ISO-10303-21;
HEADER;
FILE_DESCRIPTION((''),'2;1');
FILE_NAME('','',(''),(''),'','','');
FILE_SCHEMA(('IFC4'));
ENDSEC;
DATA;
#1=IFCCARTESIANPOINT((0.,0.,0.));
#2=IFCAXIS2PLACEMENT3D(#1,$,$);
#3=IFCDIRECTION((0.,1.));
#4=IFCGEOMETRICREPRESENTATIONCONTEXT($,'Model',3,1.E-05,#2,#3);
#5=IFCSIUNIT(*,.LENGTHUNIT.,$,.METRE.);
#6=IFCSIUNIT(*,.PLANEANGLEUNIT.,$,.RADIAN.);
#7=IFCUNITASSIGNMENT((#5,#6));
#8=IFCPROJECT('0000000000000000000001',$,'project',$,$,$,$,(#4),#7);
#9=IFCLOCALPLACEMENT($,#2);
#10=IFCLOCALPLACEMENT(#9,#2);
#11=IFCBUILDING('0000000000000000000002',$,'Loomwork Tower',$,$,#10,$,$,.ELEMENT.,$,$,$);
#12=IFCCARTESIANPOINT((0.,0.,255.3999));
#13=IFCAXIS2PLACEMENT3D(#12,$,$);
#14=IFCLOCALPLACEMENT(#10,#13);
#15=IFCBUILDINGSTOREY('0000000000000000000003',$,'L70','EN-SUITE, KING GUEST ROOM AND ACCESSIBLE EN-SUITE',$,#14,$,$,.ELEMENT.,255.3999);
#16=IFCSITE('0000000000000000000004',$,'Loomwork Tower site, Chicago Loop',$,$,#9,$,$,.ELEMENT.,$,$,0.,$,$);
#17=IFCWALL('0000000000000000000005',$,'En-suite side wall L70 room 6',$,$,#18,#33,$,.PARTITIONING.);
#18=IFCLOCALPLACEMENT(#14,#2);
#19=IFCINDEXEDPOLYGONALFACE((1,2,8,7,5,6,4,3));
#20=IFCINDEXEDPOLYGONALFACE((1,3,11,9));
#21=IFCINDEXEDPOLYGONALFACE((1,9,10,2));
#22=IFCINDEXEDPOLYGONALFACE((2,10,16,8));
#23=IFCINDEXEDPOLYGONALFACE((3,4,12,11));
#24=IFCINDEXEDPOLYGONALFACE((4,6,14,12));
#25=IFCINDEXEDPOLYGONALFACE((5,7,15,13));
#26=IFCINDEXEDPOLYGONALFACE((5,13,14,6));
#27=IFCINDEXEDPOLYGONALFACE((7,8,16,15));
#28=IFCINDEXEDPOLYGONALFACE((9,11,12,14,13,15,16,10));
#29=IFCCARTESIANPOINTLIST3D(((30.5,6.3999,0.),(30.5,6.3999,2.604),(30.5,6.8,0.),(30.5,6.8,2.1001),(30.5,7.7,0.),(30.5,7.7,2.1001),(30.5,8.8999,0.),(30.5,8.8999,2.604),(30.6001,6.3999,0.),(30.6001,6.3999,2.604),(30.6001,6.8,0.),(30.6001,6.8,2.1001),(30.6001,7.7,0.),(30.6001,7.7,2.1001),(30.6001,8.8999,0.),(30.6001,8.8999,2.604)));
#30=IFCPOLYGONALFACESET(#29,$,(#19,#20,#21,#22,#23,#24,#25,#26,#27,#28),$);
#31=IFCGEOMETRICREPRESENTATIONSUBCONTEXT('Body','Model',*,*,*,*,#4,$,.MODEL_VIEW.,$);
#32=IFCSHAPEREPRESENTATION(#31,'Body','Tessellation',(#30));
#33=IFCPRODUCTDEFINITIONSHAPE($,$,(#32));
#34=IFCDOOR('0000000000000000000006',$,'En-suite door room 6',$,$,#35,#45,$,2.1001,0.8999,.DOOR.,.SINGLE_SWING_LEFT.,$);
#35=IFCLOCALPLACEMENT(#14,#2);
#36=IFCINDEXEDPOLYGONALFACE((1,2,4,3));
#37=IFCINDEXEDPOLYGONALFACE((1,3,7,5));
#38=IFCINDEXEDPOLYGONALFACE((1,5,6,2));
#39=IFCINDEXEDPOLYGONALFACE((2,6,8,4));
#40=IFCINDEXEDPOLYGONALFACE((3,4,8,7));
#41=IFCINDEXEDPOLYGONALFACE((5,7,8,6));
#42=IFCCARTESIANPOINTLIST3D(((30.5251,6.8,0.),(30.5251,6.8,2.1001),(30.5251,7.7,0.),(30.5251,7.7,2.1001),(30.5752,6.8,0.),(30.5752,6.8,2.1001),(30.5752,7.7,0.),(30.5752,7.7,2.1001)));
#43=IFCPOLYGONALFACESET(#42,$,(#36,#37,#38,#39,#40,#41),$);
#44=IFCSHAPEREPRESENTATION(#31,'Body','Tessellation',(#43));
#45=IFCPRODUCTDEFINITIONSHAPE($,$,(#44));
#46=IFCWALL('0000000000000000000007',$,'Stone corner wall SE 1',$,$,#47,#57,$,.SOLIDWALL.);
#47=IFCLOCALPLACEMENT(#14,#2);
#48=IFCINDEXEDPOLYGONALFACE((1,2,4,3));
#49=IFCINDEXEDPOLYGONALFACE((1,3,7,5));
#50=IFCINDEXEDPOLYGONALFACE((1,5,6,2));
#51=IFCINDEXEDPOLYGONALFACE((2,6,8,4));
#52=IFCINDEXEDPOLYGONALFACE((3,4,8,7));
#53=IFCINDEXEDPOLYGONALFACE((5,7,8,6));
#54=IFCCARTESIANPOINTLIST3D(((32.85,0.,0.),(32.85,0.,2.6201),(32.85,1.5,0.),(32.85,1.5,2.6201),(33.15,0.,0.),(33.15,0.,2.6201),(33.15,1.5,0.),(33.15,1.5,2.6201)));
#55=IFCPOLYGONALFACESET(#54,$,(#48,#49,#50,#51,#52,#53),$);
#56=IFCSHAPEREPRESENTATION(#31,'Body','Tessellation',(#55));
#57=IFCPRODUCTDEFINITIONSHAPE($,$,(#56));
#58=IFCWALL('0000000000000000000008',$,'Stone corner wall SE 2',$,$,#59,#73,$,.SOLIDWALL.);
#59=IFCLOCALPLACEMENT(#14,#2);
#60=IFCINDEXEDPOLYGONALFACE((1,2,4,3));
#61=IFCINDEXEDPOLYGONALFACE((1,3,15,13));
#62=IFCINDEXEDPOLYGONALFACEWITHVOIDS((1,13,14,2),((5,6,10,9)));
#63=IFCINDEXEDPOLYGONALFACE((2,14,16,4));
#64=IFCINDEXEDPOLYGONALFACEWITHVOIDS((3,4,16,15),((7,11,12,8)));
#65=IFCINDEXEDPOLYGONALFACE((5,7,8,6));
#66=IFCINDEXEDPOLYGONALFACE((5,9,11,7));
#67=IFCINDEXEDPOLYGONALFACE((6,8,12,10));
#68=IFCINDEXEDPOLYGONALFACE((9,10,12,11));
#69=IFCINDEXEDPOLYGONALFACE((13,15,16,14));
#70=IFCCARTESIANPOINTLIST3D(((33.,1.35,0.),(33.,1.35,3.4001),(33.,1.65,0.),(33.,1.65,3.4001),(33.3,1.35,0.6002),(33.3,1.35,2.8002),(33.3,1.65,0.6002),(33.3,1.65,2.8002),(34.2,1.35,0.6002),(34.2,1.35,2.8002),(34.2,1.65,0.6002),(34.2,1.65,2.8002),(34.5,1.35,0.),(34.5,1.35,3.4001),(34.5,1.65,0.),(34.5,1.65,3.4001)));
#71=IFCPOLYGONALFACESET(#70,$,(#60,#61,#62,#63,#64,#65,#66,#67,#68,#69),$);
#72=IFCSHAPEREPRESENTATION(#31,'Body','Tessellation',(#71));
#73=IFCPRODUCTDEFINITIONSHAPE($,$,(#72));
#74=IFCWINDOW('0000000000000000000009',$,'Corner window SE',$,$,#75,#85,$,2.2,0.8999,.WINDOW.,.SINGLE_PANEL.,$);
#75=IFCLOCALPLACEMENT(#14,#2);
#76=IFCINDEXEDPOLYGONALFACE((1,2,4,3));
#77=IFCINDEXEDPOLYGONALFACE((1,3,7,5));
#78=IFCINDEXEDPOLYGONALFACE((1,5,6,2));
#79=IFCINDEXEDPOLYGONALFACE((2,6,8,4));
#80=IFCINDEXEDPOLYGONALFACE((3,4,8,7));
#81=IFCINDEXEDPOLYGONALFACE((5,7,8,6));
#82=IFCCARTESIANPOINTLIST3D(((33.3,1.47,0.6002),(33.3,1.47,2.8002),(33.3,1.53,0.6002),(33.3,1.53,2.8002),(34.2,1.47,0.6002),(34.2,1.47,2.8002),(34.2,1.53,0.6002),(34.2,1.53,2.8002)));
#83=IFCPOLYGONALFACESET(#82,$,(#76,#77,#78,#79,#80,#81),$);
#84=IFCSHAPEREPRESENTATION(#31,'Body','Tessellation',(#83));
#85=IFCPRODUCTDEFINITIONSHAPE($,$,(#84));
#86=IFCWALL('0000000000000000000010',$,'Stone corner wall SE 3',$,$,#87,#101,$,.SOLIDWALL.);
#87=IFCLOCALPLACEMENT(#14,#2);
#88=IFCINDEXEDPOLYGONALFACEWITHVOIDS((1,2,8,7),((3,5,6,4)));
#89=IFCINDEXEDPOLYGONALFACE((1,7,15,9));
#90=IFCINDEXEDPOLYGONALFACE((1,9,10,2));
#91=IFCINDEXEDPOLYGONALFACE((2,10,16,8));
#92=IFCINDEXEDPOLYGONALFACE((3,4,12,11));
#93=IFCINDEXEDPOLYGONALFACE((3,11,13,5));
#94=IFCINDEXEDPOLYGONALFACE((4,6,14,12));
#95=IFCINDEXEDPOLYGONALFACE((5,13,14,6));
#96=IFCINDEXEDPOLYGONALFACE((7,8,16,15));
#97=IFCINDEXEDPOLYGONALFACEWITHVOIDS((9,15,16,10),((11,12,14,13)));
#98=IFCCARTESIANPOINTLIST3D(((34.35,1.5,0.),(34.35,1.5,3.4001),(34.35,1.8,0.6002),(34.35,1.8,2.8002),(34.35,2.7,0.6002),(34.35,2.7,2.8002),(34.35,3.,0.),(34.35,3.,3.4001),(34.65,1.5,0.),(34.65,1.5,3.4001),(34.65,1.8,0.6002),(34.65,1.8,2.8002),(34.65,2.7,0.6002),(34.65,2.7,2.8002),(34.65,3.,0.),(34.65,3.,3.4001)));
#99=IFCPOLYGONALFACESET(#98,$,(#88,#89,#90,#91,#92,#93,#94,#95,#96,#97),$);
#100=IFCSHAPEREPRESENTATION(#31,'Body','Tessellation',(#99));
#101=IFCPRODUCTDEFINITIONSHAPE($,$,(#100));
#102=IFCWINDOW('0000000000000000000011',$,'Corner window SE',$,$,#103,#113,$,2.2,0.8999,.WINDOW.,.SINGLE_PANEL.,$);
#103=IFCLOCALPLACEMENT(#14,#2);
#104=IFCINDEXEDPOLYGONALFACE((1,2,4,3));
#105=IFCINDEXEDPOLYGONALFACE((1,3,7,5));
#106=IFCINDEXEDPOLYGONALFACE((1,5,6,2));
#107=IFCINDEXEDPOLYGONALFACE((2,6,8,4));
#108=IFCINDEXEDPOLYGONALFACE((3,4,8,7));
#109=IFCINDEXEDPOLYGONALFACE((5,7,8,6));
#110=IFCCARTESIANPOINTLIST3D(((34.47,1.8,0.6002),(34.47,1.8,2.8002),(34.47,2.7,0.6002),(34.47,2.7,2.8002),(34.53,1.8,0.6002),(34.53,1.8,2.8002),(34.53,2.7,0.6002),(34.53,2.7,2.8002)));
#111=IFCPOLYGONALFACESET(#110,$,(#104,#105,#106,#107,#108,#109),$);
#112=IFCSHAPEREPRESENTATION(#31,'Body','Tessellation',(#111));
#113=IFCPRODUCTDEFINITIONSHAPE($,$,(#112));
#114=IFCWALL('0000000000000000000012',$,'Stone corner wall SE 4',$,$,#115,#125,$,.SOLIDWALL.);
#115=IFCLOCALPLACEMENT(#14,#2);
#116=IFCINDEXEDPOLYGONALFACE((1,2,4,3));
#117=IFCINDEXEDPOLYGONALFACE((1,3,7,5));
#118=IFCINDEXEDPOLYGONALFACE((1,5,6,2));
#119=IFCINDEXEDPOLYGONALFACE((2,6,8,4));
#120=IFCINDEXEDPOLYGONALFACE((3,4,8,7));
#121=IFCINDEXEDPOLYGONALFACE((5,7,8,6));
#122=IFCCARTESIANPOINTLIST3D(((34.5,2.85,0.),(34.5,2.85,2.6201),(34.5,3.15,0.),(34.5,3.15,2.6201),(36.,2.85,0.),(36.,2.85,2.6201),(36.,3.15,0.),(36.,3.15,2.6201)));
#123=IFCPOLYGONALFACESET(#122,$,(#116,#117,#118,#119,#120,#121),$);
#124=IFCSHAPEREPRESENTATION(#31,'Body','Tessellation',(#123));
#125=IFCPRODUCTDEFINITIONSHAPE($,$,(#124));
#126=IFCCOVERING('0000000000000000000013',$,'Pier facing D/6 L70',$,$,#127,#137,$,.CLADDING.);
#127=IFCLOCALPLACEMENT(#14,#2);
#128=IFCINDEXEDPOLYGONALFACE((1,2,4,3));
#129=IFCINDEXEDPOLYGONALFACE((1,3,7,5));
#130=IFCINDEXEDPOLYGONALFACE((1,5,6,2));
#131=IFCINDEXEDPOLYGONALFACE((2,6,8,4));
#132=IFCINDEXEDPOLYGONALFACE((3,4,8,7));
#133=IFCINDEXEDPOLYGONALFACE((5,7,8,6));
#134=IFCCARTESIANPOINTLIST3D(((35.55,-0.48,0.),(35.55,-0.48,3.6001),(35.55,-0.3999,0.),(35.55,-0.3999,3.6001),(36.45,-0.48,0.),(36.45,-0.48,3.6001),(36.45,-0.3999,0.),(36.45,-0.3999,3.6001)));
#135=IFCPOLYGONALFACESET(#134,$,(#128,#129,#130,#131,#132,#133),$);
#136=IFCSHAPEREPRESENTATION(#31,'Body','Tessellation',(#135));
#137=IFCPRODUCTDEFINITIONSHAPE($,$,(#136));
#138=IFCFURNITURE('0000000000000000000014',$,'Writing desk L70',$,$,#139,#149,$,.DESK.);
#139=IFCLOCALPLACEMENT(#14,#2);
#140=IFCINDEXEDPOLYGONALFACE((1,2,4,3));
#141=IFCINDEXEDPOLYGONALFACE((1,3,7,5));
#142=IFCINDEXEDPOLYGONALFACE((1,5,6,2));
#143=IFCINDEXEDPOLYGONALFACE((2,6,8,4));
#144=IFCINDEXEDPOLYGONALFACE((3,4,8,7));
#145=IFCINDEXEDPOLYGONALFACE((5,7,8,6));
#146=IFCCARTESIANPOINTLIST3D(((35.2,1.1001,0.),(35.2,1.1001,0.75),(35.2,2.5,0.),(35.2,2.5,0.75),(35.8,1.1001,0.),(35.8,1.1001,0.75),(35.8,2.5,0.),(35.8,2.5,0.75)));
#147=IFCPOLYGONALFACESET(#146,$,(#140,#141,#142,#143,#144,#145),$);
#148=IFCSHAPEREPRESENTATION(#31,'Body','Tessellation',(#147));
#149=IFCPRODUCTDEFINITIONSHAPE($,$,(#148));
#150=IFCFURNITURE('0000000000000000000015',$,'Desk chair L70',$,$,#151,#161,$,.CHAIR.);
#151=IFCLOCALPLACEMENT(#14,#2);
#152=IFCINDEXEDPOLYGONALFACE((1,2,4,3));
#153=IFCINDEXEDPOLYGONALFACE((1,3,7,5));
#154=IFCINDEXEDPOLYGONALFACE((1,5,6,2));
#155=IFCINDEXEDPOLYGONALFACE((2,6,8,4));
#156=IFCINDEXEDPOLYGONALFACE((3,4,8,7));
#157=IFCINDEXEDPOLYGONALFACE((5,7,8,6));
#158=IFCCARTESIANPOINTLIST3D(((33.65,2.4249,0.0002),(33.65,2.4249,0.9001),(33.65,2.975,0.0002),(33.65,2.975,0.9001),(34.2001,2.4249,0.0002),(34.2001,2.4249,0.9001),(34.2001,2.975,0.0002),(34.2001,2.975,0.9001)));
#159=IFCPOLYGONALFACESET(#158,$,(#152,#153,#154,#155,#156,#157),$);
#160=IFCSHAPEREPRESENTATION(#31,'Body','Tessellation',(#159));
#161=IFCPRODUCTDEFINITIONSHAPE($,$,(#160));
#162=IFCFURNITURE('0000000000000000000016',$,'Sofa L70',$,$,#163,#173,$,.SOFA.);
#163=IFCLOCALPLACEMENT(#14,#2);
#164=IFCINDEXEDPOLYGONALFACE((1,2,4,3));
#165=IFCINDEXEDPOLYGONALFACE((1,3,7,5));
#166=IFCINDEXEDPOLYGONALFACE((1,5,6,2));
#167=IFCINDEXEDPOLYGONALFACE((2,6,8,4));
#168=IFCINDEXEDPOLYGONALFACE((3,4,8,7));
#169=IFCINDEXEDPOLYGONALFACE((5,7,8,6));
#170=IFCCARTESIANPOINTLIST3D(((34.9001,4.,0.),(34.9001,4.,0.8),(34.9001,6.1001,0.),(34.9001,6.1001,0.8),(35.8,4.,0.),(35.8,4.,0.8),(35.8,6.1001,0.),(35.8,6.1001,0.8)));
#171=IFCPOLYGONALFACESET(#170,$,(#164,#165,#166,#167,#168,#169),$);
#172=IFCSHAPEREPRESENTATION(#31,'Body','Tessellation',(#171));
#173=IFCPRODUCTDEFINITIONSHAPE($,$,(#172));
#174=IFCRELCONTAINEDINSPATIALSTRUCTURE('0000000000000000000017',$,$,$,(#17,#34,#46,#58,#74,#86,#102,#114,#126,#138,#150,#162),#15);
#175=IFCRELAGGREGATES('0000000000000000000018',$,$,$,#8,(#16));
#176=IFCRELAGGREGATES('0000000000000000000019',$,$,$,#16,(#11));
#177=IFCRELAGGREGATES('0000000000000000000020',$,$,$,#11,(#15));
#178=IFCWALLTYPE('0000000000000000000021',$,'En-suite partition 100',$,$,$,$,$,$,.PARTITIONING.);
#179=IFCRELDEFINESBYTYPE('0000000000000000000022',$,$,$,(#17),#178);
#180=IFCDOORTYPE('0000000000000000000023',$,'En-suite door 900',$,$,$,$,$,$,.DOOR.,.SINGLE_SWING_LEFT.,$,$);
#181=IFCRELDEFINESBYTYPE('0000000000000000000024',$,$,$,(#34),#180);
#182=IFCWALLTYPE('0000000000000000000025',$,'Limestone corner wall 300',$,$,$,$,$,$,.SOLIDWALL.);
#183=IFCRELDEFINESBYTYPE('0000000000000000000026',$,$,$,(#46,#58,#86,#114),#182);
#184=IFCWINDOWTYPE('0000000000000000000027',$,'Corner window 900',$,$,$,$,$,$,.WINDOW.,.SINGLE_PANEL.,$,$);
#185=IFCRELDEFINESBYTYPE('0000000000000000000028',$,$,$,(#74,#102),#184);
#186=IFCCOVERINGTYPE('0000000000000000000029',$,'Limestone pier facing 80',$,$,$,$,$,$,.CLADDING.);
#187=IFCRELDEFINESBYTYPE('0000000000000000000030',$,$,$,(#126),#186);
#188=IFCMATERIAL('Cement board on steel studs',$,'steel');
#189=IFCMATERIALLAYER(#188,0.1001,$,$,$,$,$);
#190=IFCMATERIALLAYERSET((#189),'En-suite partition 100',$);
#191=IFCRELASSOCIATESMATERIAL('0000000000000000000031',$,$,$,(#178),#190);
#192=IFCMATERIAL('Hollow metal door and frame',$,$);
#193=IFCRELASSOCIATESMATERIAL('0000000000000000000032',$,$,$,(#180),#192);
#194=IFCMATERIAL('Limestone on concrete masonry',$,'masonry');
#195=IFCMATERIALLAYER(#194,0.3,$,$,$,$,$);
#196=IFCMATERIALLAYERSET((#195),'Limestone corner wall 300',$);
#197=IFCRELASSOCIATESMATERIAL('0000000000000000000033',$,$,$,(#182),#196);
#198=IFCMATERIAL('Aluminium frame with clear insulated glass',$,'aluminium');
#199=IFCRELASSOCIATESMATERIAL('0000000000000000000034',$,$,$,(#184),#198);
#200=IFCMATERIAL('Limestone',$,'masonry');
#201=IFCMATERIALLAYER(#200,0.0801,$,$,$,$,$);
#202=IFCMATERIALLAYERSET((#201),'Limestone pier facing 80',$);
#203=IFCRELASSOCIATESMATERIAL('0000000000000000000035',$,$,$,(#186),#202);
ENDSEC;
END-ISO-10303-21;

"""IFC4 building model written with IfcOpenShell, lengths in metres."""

from ifc_helpers import new_model, si_unit, direction, frame, frame_2d, origin, origin_2d, place, context, subcontext, project, spatial, rectangle, extrude, material, layer, layer_set, type_object, element, fill, save


model = new_model("IFC4")

# Units and contexts
model_context = context("Model", 3, precision=1e-05, world=origin(), true_north=direction((0.0, 1.0)))
body_context = subcontext(model_context, "Body", "Model", "MODEL_VIEW")
ifc_project = project(units=[si_unit("LENGTHUNIT", "METRE"), si_unit("PLANEANGLEUNIT", "RADIAN")], contexts=[model_context])

# Site, building, storey
site_placement = place(None, origin())
site = spatial("IfcSite", under=ifc_project, at=site_placement, Name="Loomwork Tower site, Chicago Loop", CompositionType="ELEMENT", RefElevation=0.0)
building_placement = place(site_placement, origin())
building = spatial("IfcBuilding", under=site, at=building_placement, Name="Loomwork Tower", CompositionType="ELEMENT")
storey_placement = place(building_placement, frame((0.0, 0.0, 255.3999)))
storey = spatial("IfcBuildingStorey", under=building, at=storey_placement, Name="L70", Description="EN-SUITE, KING GUEST ROOM AND ACCESSIBLE EN-SUITE", CompositionType="ELEMENT", Elevation=255.3999)

# Wall, opening, door
ifc_material_1 = material(Name="Cement board on steel studs", Category="steel")
ifc_layer_1 = layer(ifc_material_1, 0.1001)
ifc_layer_set_1 = layer_set([ifc_layer_1], Name="En-suite partition 100")
wall_type_1 = type_object("IfcWallType", Name="En-suite partition 100", PredefinedType="PARTITIONING", material=ifc_layer_set_1)
wall_1_placement = place(storey_placement, frame((30.55, 8.8999, 0.0), z_axis=(0.0, 0.0, 1.0), x_axis=(0.0, -1.0, 0.0)))
wall_1 = element("IfcWall", 1, at=wall_1_placement, inside=storey, type_object=wall_type_1, Name="En-suite side wall L70 room 6", PredefinedType="PARTITIONING", context=body_context, shape_type="SweptSolid", body=[
    extrude(rectangle(XDim=2.5, YDim=0.1001, at=frame_2d((1.25, 0.0))), origin(), (0.0, 0.0, 1.0), 2.604),
])
opening_1_placement = place(wall_1_placement, frame((1.2, 0.0, 0.0)))
opening_1 = element("IfcOpeningElement", 2, at=opening_1_placement, cuts=wall_1, PredefinedType="OPENING", context=body_context, shape_type="SweptSolid", body=[
    extrude(rectangle(XDim=0.8999, YDim=2.1001, at=frame_2d((0.45, 1.05))), frame((0.0, 0.0601, 0.0), z_axis=(0.0, -1.0, 0.0), x_axis=(1.0, 0.0, 0.0)), (0.0, 0.0, 1.0), 0.1201),
])
ifc_material_2 = material(Name="Hollow metal door and frame")
door_type = type_object("IfcDoorType", Name="En-suite door 900", OperationType="SINGLE_SWING_LEFT", PredefinedType="DOOR", material=ifc_material_2)
door_placement = place(opening_1_placement, frame((0.8999, 0.0, 0.0), z_axis=(0.0, 0.0, 1.0), x_axis=(-1.0, 0.0, 0.0)))
door = element("IfcDoor", 3, at=door_placement, inside=storey, type_object=door_type, Name="En-suite door room 6", OperationType="SINGLE_SWING_LEFT", OverallHeight=2.1001, OverallWidth=0.8999, PredefinedType="DOOR", context=body_context, shape_type="SweptSolid", body=[
    extrude(rectangle(XDim=0.8999, YDim=2.1001, at=frame_2d((0.45, 1.05))), frame((0.0, 0.0249, 0.0), z_axis=(0.0, -1.0, 0.0), x_axis=(1.0, 0.0, 0.0)), (0.0, 0.0, 1.0), 0.05),
])
fill(opening_1, door)

# Wall
ifc_material_3 = material(Name="Limestone on concrete masonry", Category="masonry")
ifc_layer_2 = layer(ifc_material_3, 0.3)
ifc_layer_set_2 = layer_set([ifc_layer_2], Name="Limestone corner wall 300")
wall_type_2 = type_object("IfcWallType", Name="Limestone corner wall 300", PredefinedType="SOLIDWALL", material=ifc_layer_set_2)
wall_2_placement = place(storey_placement, frame((33.0, 0.0, 0.0), z_axis=(0.0, 0.0, 1.0), x_axis=(0.0, 1.0, 0.0)))
element("IfcWall", 4, at=wall_2_placement, inside=storey, type_object=wall_type_2, Name="Stone corner wall SE 1", PredefinedType="SOLIDWALL", context=body_context, shape_type="SweptSolid", body=[
    extrude(rectangle(XDim=1.5, YDim=0.3, at=frame_2d((0.75, 0.0))), origin(), (0.0, 0.0, 1.0), 2.6201),
])

# Walls, openings, windows
wall_3_placement = place(storey_placement, frame((33.0, 1.5, 0.0), z_axis=(0.0, 0.0, 1.0), x_axis=(1.0, 0.0, 0.0)))
wall_3 = element("IfcWall", 5, at=wall_3_placement, inside=storey, type_object=wall_type_2, Name="Stone corner wall SE 2", PredefinedType="SOLIDWALL", context=body_context, shape_type="SweptSolid", body=[
    extrude(rectangle(XDim=1.5, YDim=0.3, at=frame_2d((0.75, 0.0))), origin(), (0.0, 0.0, 1.0), 3.4001),
])
opening_2_placement = place(wall_3_placement, frame((0.3, 0.0, 0.6001)))
opening_2 = element("IfcOpeningElement", 6, at=opening_2_placement, cuts=wall_3, PredefinedType="OPENING", context=body_context, shape_type="SweptSolid", body=[
    extrude(rectangle(XDim=0.8999, YDim=2.2, at=frame_2d((0.45, 1.1001))), frame((0.0, 0.1599, 0.0), z_axis=(0.0, -1.0, 0.0), x_axis=(1.0, 0.0, 0.0)), (0.0, 0.0, 1.0), 0.3201),
])
ifc_material_4 = material(Name="Aluminium frame with clear insulated glass", Category="aluminium")
window_type = type_object("IfcWindowType", Name="Corner window 900", PartitioningType="SINGLE_PANEL", PredefinedType="WINDOW", material=ifc_material_4)
window_1_placement = place(opening_2_placement, origin())
window_1 = element("IfcWindow", 7, at=window_1_placement, inside=storey, type_object=window_type, Name="Corner window SE", OverallHeight=2.2, OverallWidth=0.8999, PartitioningType="SINGLE_PANEL", PredefinedType="WINDOW", context=body_context, shape_type="SweptSolid", body=[
    extrude(rectangle(XDim=0.8999, YDim=2.2, at=frame_2d((0.45, 1.1001))), frame((0.0, 0.03, 0.0), z_axis=(0.0, -1.0, 0.0), x_axis=(1.0, 0.0, 0.0)), (0.0, 0.0, 1.0), 0.0601),
])
fill(opening_2, window_1)
wall_4_placement = place(storey_placement, frame((34.5, 1.5, 0.0), z_axis=(0.0, 0.0, 1.0), x_axis=(0.0, 1.0, 0.0)))
wall_4 = element("IfcWall", 8, at=wall_4_placement, inside=storey, type_object=wall_type_2, Name="Stone corner wall SE 3", PredefinedType="SOLIDWALL", context=body_context, shape_type="SweptSolid", body=[
    extrude(rectangle(XDim=1.5, YDim=0.3, at=frame_2d((0.75, 0.0))), origin(), (0.0, 0.0, 1.0), 3.4001),
])
opening_3_placement = place(wall_4_placement, frame((0.3, 0.0, 0.6001)))
opening_3 = element("IfcOpeningElement", 9, at=opening_3_placement, cuts=wall_4, PredefinedType="OPENING", context=body_context, shape_type="SweptSolid", body=[
    extrude(rectangle(XDim=0.8999, YDim=2.2, at=frame_2d((0.45, 1.1001))), frame((0.0, 0.1599, 0.0), z_axis=(0.0, -1.0, 0.0), x_axis=(1.0, 0.0, 0.0)), (0.0, 0.0, 1.0), 0.3201),
])
window_2_placement = place(opening_3_placement, origin())
window_2 = element("IfcWindow", 10, at=window_2_placement, inside=storey, type_object=window_type, Name="Corner window SE", OverallHeight=2.2, OverallWidth=0.8999, PartitioningType="SINGLE_PANEL", PredefinedType="WINDOW", context=body_context, shape_type="SweptSolid", body=[
    extrude(rectangle(XDim=0.8999, YDim=2.2, at=frame_2d((0.45, 1.1001))), frame((0.0, 0.03, 0.0), z_axis=(0.0, -1.0, 0.0), x_axis=(1.0, 0.0, 0.0)), (0.0, 0.0, 1.0), 0.0601),
])
fill(opening_3, window_2)

# Wall
wall_5_placement = place(storey_placement, frame((34.5, 3.0, 0.0), z_axis=(0.0, 0.0, 1.0), x_axis=(1.0, 0.0, 0.0)))
element("IfcWall", 11, at=wall_5_placement, inside=storey, type_object=wall_type_2, Name="Stone corner wall SE 4", PredefinedType="SOLIDWALL", context=body_context, shape_type="SweptSolid", body=[
    extrude(rectangle(XDim=1.5, YDim=0.3, at=frame_2d((0.75, 0.0))), origin(), (0.0, 0.0, 1.0), 2.6201),
])

# Covering
ifc_material_5 = material(Name="Limestone", Category="masonry")
ifc_layer_3 = layer(ifc_material_5, 0.0801)
ifc_layer_set_3 = layer_set([ifc_layer_3], Name="Limestone pier facing 80")
covering_type = type_object("IfcCoveringType", Name="Limestone pier facing 80", PredefinedType="CLADDING", material=ifc_layer_set_3)
covering_placement = place(storey_placement, frame((36.0, -0.4399, 0.0), z_axis=(0.0, 0.0, 1.0), x_axis=(1.0, 0.0, 0.0)))
element("IfcCovering", 12, at=covering_placement, inside=storey, type_object=covering_type, Name="Pier facing D/6 L70", PredefinedType="CLADDING", context=body_context, shape_type="SweptSolid", body=[
    extrude(rectangle(XDim=0.8999, YDim=0.0801, at=origin_2d()), origin(), (0.0, 0.0, 1.0), 3.6001),
])

# Furniture
furniture_1_placement = place(storey_placement, frame((35.5, 1.8, 0.0), z_axis=(0.0, 0.0, 1.0), x_axis=(1.0, 0.0, 0.0)))
element("IfcFurniture", 13, at=furniture_1_placement, inside=storey, Name="Writing desk L70", PredefinedType="DESK", context=body_context, shape_type="SweptSolid", body=[
    extrude(rectangle(XDim=0.6001, YDim=1.3999, at=origin_2d()), origin(), (0.0, 0.0, 1.0), 0.75),
])
furniture_2_placement = place(storey_placement, frame((33.925, 2.7, 0.0002), z_axis=(0.0, 0.0, 1.0), x_axis=(1.0, 0.0, 0.0)))
element("IfcFurniture", 14, at=furniture_2_placement, inside=storey, Name="Desk chair L70", PredefinedType="CHAIR", context=body_context, shape_type="SweptSolid", body=[
    extrude(rectangle(XDim=0.55, YDim=0.55, at=origin_2d()), origin(), (0.0, 0.0, 1.0), 0.8999),
])
furniture_3_placement = place(storey_placement, frame((35.3501, 5.05, 0.0), z_axis=(0.0, 0.0, 1.0), x_axis=(1.0, 0.0, 0.0)))
element("IfcFurniture", 15, at=furniture_3_placement, inside=storey, Name="Sofa L70", PredefinedType="SOFA", context=body_context, shape_type="SweptSolid", body=[
    extrude(rectangle(XDim=0.8999, YDim=2.1001, at=origin_2d()), origin(), (0.0, 0.0, 1.0), 0.8),
])

save(model, "model.ifc")
